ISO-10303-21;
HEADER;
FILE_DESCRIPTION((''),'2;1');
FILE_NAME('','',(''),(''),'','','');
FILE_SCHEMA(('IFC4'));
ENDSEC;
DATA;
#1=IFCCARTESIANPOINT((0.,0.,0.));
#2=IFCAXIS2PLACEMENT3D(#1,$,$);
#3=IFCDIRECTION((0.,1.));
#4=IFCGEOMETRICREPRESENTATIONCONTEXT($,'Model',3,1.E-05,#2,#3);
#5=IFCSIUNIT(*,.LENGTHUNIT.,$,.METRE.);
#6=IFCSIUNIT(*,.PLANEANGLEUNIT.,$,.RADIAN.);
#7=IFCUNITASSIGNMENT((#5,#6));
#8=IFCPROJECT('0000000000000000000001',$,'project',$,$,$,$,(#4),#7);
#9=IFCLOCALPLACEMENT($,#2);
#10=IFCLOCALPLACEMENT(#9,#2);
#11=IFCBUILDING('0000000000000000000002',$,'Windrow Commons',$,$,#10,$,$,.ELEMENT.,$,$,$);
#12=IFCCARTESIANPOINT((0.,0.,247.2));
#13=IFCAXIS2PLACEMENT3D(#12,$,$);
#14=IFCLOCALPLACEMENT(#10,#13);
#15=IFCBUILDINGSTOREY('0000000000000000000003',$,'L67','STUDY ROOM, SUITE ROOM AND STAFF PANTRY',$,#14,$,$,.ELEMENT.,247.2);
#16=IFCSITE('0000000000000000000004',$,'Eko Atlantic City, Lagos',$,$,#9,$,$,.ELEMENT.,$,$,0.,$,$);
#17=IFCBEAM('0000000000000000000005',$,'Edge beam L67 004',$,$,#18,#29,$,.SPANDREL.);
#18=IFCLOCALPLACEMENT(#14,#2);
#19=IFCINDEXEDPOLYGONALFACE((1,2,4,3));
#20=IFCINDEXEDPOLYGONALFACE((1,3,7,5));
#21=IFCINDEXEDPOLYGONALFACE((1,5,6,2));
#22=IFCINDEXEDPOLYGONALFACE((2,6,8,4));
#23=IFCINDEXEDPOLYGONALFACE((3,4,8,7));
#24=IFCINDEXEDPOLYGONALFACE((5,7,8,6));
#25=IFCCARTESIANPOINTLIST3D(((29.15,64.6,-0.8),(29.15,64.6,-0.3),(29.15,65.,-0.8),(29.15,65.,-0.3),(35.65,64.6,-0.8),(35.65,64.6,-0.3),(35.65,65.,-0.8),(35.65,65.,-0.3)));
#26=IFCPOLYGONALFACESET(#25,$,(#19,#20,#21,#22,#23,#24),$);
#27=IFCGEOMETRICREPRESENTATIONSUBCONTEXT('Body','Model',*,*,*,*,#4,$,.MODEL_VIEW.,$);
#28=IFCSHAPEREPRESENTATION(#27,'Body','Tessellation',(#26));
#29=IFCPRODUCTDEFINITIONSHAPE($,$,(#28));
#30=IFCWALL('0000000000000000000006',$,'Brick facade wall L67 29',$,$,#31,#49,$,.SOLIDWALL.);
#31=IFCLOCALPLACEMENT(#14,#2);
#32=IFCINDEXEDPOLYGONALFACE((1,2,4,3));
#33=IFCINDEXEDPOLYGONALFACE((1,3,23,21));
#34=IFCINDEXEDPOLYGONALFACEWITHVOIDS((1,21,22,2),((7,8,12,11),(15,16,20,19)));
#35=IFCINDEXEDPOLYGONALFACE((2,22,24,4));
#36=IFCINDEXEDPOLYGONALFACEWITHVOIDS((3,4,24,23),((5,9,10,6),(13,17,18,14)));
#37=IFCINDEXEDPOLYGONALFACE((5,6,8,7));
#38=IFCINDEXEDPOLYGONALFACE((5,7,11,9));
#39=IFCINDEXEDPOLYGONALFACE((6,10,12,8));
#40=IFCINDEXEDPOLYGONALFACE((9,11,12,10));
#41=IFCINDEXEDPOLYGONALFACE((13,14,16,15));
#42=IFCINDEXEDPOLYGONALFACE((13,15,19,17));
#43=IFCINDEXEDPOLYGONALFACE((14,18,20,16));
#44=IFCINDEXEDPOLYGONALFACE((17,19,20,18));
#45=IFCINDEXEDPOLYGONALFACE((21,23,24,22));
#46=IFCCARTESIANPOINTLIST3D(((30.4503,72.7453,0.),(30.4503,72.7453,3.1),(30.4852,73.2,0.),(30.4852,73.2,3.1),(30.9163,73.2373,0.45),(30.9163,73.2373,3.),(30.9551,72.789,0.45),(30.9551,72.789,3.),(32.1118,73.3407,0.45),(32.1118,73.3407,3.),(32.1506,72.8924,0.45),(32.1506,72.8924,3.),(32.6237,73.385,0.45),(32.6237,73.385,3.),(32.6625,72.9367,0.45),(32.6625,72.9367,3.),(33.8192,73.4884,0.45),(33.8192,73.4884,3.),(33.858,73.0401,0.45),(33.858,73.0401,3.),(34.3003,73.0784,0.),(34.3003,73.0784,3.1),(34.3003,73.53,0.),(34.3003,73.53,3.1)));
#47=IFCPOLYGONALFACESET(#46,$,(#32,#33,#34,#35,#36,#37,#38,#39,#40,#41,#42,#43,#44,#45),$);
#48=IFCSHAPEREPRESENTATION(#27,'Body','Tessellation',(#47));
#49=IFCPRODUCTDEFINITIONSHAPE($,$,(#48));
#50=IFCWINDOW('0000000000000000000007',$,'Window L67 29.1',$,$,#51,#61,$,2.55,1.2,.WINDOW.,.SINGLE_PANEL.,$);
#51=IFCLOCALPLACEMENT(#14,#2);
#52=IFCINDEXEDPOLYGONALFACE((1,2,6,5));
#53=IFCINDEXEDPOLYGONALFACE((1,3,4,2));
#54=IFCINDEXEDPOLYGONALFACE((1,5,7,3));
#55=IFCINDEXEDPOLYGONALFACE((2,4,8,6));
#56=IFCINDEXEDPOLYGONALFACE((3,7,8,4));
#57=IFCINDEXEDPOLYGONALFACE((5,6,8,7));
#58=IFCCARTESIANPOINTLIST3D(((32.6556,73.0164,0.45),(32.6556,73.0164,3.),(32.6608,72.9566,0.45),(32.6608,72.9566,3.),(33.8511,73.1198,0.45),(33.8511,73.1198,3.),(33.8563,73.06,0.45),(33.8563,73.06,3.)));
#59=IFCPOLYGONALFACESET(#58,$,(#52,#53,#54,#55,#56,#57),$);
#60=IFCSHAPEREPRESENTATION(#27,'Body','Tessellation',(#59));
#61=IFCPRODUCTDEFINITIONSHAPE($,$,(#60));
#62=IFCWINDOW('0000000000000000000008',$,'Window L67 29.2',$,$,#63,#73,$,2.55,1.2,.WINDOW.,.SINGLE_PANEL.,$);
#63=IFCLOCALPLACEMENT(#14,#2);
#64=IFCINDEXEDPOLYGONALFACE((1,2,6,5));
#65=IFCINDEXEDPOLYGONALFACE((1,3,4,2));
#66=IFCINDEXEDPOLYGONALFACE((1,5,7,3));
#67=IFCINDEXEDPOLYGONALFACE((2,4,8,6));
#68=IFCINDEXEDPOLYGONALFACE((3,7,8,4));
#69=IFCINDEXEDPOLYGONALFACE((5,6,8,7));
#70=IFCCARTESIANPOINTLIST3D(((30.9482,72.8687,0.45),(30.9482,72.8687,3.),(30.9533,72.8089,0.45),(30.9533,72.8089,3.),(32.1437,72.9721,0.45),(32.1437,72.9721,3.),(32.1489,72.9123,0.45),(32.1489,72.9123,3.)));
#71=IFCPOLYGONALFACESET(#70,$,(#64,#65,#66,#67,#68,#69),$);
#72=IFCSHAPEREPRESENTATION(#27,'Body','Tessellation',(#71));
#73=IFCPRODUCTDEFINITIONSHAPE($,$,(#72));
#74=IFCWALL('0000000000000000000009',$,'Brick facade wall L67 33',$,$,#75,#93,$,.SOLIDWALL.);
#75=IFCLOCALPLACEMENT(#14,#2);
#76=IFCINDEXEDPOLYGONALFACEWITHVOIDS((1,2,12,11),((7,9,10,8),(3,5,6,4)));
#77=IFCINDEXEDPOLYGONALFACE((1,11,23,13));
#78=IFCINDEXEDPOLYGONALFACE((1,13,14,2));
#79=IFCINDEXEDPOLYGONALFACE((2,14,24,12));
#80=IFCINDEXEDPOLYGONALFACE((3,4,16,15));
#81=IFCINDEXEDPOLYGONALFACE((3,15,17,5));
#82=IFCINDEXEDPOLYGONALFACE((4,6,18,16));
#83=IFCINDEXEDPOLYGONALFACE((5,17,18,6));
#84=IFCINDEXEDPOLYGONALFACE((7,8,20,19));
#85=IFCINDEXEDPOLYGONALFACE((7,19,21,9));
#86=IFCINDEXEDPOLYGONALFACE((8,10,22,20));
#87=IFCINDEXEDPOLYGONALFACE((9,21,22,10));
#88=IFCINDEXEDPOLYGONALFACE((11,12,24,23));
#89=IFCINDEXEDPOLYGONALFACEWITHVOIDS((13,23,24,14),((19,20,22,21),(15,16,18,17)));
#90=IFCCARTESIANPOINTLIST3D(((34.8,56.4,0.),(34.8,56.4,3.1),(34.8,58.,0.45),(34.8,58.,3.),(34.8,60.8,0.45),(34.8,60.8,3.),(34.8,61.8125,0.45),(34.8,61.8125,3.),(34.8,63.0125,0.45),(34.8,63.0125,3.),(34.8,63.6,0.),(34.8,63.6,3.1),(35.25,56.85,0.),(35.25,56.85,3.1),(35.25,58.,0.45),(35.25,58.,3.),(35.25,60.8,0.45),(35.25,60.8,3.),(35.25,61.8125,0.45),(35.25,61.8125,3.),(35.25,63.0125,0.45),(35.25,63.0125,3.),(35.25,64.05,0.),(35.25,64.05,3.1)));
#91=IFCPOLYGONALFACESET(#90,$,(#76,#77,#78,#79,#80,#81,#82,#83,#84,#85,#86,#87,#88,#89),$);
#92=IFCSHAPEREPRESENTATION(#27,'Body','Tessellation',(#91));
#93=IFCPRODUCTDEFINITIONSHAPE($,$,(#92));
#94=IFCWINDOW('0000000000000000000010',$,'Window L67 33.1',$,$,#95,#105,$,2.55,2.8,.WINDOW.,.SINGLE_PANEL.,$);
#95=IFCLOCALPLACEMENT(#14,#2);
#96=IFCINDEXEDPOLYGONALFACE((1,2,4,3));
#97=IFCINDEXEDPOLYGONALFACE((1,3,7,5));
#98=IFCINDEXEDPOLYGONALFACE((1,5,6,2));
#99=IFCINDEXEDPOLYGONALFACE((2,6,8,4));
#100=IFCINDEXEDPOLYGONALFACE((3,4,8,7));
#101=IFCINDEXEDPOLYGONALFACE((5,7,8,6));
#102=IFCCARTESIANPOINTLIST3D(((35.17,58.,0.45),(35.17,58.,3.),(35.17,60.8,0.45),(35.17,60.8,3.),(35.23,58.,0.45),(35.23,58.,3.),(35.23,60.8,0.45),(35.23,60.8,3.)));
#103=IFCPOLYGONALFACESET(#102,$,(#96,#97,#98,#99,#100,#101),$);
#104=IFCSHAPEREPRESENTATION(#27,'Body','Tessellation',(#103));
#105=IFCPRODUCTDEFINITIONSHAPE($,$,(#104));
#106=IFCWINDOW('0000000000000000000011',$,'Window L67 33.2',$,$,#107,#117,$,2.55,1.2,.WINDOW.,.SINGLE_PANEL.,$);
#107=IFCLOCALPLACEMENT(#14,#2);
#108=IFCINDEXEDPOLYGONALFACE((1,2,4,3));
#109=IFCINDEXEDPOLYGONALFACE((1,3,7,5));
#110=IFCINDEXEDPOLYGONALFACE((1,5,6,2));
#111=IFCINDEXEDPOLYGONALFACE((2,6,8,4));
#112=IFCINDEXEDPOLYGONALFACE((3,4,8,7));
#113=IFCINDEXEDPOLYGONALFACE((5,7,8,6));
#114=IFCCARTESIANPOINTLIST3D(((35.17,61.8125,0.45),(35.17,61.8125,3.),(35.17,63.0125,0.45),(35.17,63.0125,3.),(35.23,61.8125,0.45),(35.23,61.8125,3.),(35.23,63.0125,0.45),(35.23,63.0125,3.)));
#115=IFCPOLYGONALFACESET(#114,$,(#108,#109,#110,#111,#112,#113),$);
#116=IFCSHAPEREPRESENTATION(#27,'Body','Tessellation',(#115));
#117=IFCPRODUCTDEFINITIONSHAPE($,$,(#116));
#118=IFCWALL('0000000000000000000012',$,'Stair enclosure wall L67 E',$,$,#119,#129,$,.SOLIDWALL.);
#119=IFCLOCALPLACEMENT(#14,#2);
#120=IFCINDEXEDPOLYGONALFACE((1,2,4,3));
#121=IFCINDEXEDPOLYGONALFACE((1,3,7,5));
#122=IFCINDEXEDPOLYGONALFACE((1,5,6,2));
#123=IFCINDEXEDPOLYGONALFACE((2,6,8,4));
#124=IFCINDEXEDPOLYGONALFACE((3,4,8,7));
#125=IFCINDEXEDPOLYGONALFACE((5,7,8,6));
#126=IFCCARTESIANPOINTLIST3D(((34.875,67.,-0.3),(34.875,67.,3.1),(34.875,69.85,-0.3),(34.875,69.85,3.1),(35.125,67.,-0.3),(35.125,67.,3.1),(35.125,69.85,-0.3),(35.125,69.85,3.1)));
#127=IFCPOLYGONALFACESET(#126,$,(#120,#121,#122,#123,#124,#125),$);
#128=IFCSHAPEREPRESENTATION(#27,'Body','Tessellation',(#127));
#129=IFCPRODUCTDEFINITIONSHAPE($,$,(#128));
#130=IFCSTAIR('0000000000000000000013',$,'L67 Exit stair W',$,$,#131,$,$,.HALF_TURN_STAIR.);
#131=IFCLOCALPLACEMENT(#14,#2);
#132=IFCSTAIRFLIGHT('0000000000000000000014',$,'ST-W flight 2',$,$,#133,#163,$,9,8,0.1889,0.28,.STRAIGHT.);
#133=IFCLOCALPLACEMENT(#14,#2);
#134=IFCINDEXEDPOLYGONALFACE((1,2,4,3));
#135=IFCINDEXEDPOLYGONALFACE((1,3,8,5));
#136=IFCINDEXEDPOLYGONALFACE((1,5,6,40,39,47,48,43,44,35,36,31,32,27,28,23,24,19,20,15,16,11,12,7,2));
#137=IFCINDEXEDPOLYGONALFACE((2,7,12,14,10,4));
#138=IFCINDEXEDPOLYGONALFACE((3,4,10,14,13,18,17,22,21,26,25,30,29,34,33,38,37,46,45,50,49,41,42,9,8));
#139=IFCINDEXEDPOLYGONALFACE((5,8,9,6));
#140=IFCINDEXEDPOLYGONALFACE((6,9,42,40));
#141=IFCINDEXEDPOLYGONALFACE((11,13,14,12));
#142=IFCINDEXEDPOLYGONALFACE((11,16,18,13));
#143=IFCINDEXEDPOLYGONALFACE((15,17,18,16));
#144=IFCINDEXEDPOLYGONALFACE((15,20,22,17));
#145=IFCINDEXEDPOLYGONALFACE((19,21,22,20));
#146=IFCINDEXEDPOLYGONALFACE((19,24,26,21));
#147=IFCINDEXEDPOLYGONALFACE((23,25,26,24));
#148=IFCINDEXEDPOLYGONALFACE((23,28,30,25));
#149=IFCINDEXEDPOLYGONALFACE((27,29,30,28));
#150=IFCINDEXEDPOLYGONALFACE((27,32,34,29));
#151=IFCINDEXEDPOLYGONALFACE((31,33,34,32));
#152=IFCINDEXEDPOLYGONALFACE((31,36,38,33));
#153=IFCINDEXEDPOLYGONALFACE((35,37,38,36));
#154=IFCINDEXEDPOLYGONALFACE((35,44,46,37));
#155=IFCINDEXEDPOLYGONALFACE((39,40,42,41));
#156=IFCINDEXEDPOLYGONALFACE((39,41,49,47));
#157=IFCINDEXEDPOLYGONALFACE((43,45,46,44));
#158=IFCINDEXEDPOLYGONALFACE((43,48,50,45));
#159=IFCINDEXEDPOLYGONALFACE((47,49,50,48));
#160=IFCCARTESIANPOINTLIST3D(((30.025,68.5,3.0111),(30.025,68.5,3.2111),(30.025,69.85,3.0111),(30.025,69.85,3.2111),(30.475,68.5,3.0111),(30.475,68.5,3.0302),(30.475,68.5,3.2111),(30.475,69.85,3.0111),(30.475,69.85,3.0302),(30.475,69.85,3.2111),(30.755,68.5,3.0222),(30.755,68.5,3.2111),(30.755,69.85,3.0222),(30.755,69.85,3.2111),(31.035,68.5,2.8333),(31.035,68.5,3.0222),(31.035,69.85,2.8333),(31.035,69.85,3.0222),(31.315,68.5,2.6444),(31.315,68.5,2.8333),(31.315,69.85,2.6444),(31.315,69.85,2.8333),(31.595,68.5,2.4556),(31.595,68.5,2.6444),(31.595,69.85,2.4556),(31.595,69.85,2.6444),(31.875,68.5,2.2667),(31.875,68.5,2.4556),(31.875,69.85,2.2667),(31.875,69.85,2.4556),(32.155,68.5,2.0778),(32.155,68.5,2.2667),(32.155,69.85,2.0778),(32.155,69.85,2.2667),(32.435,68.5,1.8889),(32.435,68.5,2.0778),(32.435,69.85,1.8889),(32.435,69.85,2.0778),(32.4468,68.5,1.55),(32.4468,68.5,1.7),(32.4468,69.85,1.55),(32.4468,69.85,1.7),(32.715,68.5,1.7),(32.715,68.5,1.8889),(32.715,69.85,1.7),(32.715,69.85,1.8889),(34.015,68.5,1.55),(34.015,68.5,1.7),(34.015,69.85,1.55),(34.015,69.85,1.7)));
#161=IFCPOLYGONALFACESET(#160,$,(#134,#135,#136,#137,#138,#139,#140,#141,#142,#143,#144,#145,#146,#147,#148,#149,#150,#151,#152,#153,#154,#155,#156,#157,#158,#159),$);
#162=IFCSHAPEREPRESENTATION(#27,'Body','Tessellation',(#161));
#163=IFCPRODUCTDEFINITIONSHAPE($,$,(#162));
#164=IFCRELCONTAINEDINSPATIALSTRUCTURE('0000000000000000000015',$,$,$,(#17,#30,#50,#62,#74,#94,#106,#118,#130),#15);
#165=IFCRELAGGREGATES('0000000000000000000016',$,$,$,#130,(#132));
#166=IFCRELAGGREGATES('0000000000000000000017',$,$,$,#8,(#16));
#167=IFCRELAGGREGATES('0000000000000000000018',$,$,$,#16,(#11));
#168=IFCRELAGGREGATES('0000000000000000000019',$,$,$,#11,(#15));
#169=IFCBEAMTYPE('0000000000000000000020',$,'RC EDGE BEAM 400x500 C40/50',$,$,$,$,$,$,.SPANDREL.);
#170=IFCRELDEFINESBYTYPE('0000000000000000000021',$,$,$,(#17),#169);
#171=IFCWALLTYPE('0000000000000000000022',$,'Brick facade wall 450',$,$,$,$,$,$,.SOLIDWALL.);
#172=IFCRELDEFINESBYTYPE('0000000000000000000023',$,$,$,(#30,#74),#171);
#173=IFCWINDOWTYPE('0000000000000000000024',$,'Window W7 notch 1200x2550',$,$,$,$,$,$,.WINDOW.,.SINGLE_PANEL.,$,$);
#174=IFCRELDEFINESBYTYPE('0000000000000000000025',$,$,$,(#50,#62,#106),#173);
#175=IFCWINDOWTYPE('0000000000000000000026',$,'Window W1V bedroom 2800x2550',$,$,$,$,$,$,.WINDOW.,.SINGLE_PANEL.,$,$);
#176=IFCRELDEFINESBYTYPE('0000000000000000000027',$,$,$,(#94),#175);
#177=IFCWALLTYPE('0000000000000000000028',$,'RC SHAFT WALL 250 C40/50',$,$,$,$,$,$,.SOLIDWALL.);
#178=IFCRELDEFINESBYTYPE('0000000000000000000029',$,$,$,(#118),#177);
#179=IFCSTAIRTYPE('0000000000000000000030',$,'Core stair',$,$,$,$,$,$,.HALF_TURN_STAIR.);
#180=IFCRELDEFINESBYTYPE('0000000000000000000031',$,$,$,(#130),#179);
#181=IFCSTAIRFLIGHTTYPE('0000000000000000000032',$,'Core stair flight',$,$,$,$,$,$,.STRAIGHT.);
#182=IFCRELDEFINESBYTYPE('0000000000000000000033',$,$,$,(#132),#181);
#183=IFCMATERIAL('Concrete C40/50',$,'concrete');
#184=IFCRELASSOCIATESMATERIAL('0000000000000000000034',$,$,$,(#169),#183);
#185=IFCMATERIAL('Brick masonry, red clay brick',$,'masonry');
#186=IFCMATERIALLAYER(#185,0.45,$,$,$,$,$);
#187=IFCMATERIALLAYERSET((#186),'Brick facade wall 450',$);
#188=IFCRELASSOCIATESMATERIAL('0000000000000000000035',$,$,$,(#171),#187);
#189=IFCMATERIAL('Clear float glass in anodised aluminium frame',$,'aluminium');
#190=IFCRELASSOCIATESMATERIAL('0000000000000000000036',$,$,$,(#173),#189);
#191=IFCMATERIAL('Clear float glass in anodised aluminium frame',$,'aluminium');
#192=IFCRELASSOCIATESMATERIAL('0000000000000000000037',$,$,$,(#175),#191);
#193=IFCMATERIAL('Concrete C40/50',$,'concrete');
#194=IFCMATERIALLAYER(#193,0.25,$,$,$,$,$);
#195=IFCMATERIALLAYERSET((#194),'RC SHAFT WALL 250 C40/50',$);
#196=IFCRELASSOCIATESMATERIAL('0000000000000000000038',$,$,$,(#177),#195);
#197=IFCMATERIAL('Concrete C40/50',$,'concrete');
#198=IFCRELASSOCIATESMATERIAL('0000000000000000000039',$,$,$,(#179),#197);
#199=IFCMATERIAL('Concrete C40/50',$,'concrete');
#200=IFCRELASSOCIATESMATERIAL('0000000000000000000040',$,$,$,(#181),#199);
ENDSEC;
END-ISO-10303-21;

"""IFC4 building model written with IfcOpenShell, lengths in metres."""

from ifc_helpers import new_model, si_unit, direction, frame, frame_2d, origin, origin_2d, place, context, subcontext, project, spatial, polyline, rectangle, outline, extrude, material, layer, layer_set, material_profile, profile_set, type_object, element, fill, aggregate, save


model = new_model("IFC4")

# Units and contexts
model_context = context("Model", 3, precision=1e-05, world=origin(), true_north=direction((0.0, 1.0)))
body_context = subcontext(model_context, "Body", "Model", "MODEL_VIEW")
ifc_project = project(units=[si_unit("LENGTHUNIT", "METRE"), si_unit("PLANEANGLEUNIT", "RADIAN")], contexts=[model_context])

# Site, building, storey
site_placement = place(None, origin())
site = spatial("IfcSite", under=ifc_project, at=site_placement, Name="Eko Atlantic City, Lagos", CompositionType="ELEMENT", RefElevation=0.0)
building_placement = place(site_placement, origin())
building = spatial("IfcBuilding", under=site, at=building_placement, Name="Windrow Commons", CompositionType="ELEMENT")
storey_placement = place(building_placement, frame((0.0, 0.0, 247.2)))
storey = spatial("IfcBuildingStorey", under=building, at=storey_placement, Name="L67", Description="STUDY ROOM, SUITE ROOM AND STAFF PANTRY", CompositionType="ELEMENT", Elevation=247.2)

# Beam
ifc_material_1 = material(Name="Concrete C40/50", Category="concrete")
ifc_material_profile = material_profile(ifc_material_1, rectangle(XDim=0.4, YDim=0.5, at=origin_2d()))
ifc_profile_set = profile_set([ifc_material_profile], Name="Concrete C40/50")
beam_type = type_object("IfcBeamType", Name="RC EDGE BEAM 400x500 C40/50", PredefinedType="SPANDREL", material=ifc_profile_set)
beam_placement = place(storey_placement, frame((35.65, 64.8, -0.55), z_axis=(-1.0, 0.0, 0.0), x_axis=(0.0, -1.0, 0.0)))
element("IfcBeam", 1, at=beam_placement, inside=storey, type_object=beam_type, Name="Edge beam L67 004", PredefinedType="SPANDREL", context=body_context, shape_type="SweptSolid", body=[
    extrude(rectangle(XDim=0.4, YDim=0.5, at=origin_2d()), origin(), (0.0, 0.0, 1.0), 6.5),
])

# Walls, openings, windows
ifc_material_2 = material(Name="Brick masonry, red clay brick", Category="masonry")
ifc_layer_1 = layer(ifc_material_2, 0.45)
ifc_layer_set_1 = layer_set([ifc_layer_1], Name="Brick facade wall 450")
wall_type_1 = type_object("IfcWallType", Name="Brick facade wall 450", PredefinedType="SOLIDWALL", material=ifc_layer_set_1)
wall_1_placement = place(storey_placement, frame((34.3003, 73.3042, 0.0), z_axis=(0.0, 0.0, 1.0), x_axis=(-0.99628, -0.086175, 0.0)))
wall_1 = element("IfcWall", 2, at=wall_1_placement, inside=storey, type_object=wall_type_1, Name="Brick facade wall L67 29", PredefinedType="SOLIDWALL", context=body_context, shape_type="SweptSolid", body=[
    extrude(outline(polyline([(-0.0195, -0.225), (3.8099, -0.225), (3.8838, 0.225), (0.0195, 0.225), (-0.0195, -0.225)])), origin(), (0.0, 0.0, 1.0), 3.1),
])
opening_1_placement = place(wall_1_placement, frame((0.4634, 0.0, 0.45)))
opening_1 = element("IfcOpeningElement", 3, at=opening_1_placement, cuts=wall_1, PredefinedType="OPENING", context=body_context, shape_type="SweptSolid", body=[
    extrude(rectangle(XDim=1.2, YDim=2.55, at=frame_2d((0.6, 1.275))), frame((0.0, 0.235, 0.0), z_axis=(0.0, -1.0, 0.0), x_axis=(1.0, 0.0, 0.0)), (0.0, 0.0, 1.0), 0.47),
])
opening_2_placement = place(wall_1_placement, frame((2.1772, 0.0, 0.45)))
opening_2 = element("IfcOpeningElement", 4, at=opening_2_placement, cuts=wall_1, PredefinedType="OPENING", context=body_context, shape_type="SweptSolid", body=[
    extrude(rectangle(XDim=1.2, YDim=2.55, at=frame_2d((0.6, 1.275))), frame((0.0, 0.235, 0.0), z_axis=(0.0, -1.0, 0.0), x_axis=(1.0, 0.0, 0.0)), (0.0, 0.0, 1.0), 0.47),
])
ifc_material_3 = material(Name="Clear float glass in anodised aluminium frame", Category="aluminium")
window_type_1 = type_object("IfcWindowType", Name="Window W7 notch 1200x2550", PartitioningType="SINGLE_PANEL", PredefinedType="WINDOW", material=ifc_material_3)
window_1_placement = place(opening_1_placement, origin())
window_1 = element("IfcWindow", 5, at=window_1_placement, inside=storey, type_object=window_type_1, Name="Window L67 29.1", OverallHeight=2.55, OverallWidth=1.2, PartitioningType="SINGLE_PANEL", PredefinedType="WINDOW", context=body_context, shape_type="SweptSolid", body=[
    extrude(rectangle(XDim=1.2, YDim=2.55, at=frame_2d((0.6, 1.275))), frame((0.0, 0.205, 0.0), z_axis=(0.0, -1.0, 0.0), x_axis=(1.0, 0.0, 0.0)), (0.0, 0.0, 1.0), 0.06),
])
fill(opening_1, window_1)
window_2_placement = place(opening_2_placement, origin())
window_2 = element("IfcWindow", 6, at=window_2_placement, inside=storey, type_object=window_type_1, Name="Window L67 29.2", OverallHeight=2.55, OverallWidth=1.2, PartitioningType="SINGLE_PANEL", PredefinedType="WINDOW", context=body_context, shape_type="SweptSolid", body=[
    extrude(rectangle(XDim=1.2, YDim=2.55, at=frame_2d((0.6, 1.275))), frame((0.0, 0.205, 0.0), z_axis=(0.0, -1.0, 0.0), x_axis=(1.0, 0.0, 0.0)), (0.0, 0.0, 1.0), 0.06),
])
fill(opening_2, window_2)
wall_2_placement = place(storey_placement, frame((35.025, 63.825, 0.0), z_axis=(0.0, 0.0, 1.0), x_axis=(0.0, -1.0, 0.0)))
wall_2 = element("IfcWall", 7, at=wall_2_placement, inside=storey, type_object=wall_type_1, Name="Brick facade wall L67 33", PredefinedType="SOLIDWALL", context=body_context, shape_type="SweptSolid", body=[
    extrude(outline(polyline([(0.225, -0.225), (7.425, -0.225), (6.975, 0.225), (-0.225, 0.225), (0.225, -0.225)])), origin(), (0.0, 0.0, 1.0), 3.1),
])
opening_3_placement = place(wall_2_placement, frame((3.025, 0.0, 0.45)))
opening_3 = element("IfcOpeningElement", 8, at=opening_3_placement, cuts=wall_2, PredefinedType="OPENING", context=body_context, shape_type="SweptSolid", body=[
    extrude(rectangle(XDim=2.8, YDim=2.55, at=frame_2d((1.4, 1.275))), frame((0.0, 0.235, 0.0), z_axis=(0.0, -1.0, 0.0), x_axis=(1.0, 0.0, 0.0)), (0.0, 0.0, 1.0), 0.47),
])
opening_4_placement = place(wall_2_placement, frame((0.8125, 0.0, 0.45)))
opening_4 = element("IfcOpeningElement", 9, at=opening_4_placement, cuts=wall_2, PredefinedType="OPENING", context=body_context, shape_type="SweptSolid", body=[
    extrude(rectangle(XDim=1.2, YDim=2.55, at=frame_2d((0.6, 1.275))), frame((0.0, 0.235, 0.0), z_axis=(0.0, -1.0, 0.0), x_axis=(1.0, 0.0, 0.0)), (0.0, 0.0, 1.0), 0.47),
])
ifc_material_4 = material(Name="Clear float glass in anodised aluminium frame", Category="aluminium")
window_type_2 = type_object("IfcWindowType", Name="Window W1V bedroom 2800x2550", PartitioningType="SINGLE_PANEL", PredefinedType="WINDOW", material=ifc_material_4)
window_3_placement = place(opening_3_placement, origin())
window_3 = element("IfcWindow", 10, at=window_3_placement, inside=storey, type_object=window_type_2, Name="Window L67 33.1", OverallHeight=2.55, OverallWidth=2.8, PartitioningType="SINGLE_PANEL", PredefinedType="WINDOW", context=body_context, shape_type="SweptSolid", body=[
    extrude(rectangle(XDim=2.8, YDim=2.55, at=frame_2d((1.4, 1.275))), frame((0.0, 0.205, 0.0), z_axis=(0.0, -1.0, 0.0), x_axis=(1.0, 0.0, 0.0)), (0.0, 0.0, 1.0), 0.06),
])
fill(opening_3, window_3)
window_4_placement = place(opening_4_placement, origin())
window_4 = element("IfcWindow", 11, at=window_4_placement, inside=storey, type_object=window_type_1, Name="Window L67 33.2", OverallHeight=2.55, OverallWidth=1.2, PartitioningType="SINGLE_PANEL", PredefinedType="WINDOW", context=body_context, shape_type="SweptSolid", body=[
    extrude(rectangle(XDim=1.2, YDim=2.55, at=frame_2d((0.6, 1.275))), frame((0.0, 0.205, 0.0), z_axis=(0.0, -1.0, 0.0), x_axis=(1.0, 0.0, 0.0)), (0.0, 0.0, 1.0), 0.06),
])
fill(opening_4, window_4)

# Wall
ifc_material_5 = material(Name="Concrete C40/50", Category="concrete")
ifc_layer_2 = layer(ifc_material_5, 0.25)
ifc_layer_set_2 = layer_set([ifc_layer_2], Name="RC SHAFT WALL 250 C40/50")
wall_type_2 = type_object("IfcWallType", Name="RC SHAFT WALL 250 C40/50", PredefinedType="SOLIDWALL", material=ifc_layer_set_2)
wall_3_placement = place(storey_placement, frame((35.0, 67.0, -0.3), z_axis=(0.0, 0.0, 1.0), x_axis=(0.0, 1.0, 0.0)))
element("IfcWall", 12, at=wall_3_placement, inside=storey, type_object=wall_type_2, Name="Stair enclosure wall L67 E", PredefinedType="SOLIDWALL", context=body_context, shape_type="SweptSolid", body=[
    extrude(rectangle(XDim=2.85, YDim=0.25, at=frame_2d((1.425, 0.0))), origin(), (0.0, 0.0, 1.0), 3.4),
])

# Stair, stair flight
ifc_material_6 = material(Name="Concrete C40/50", Category="concrete")
stair_type = type_object("IfcStairType", Name="Core stair", PredefinedType="HALF_TURN_STAIR", material=ifc_material_6)
stair_placement = place(storey_placement, origin())
stair = element("IfcStair", 13, at=stair_placement, inside=storey, type_object=stair_type, Name="L67 Exit stair W", PredefinedType="HALF_TURN_STAIR")
ifc_material_7 = material(Name="Concrete C40/50", Category="concrete")
stair_flight_type = type_object("IfcStairFlightType", Name="Core stair flight", PredefinedType="STRAIGHT", material=ifc_material_7)
stair_flight_placement = place(storey_placement, frame((32.715, 69.175, 1.7), z_axis=(0.0, 0.0, 1.0), x_axis=(-1.0, 0.0, 0.0)))
stair_flight = element("IfcStairFlight", 14, at=stair_flight_placement, type_object=stair_flight_type, Name="ST-W flight 2", NumberOfRisers=9, NumberOfTreads=8, PredefinedType="STRAIGHT", RiserHeight=0.1889, TreadLength=0.28, context=body_context, shape_type="SweptSolid", body=[
    extrude(outline(polyline([(-1.3, -0.15), (-1.3, 0.0), (0.0, 0.0), (0.0, 0.1889), (0.28, 0.1889), (0.28, 0.3778), (0.56, 0.3778), (0.56, 0.5667), (0.84, 0.5667), (0.84, 0.7556), (1.12, 0.7556), (1.12, 0.9444), (1.4, 0.9444), (1.4, 1.1333), (1.68, 1.1333), (1.68, 1.3222), (1.96, 1.3222), (1.96, 1.5111), (2.24, 1.5111), (2.69, 1.5111), (2.69, 1.3111), (2.24, 1.3111), (2.24, 1.3302), (0.2682, 0.0), (0.2682, -0.15), (-1.3, -0.15)])), frame((0.0, 0.675, 0.0), z_axis=(0.0, -1.0, 0.0), x_axis=(1.0, 0.0, 0.0)), (0.0, 0.0, 1.0), 1.35),
])
aggregate(stair, [stair_flight])

save(model, "model.ifc")
